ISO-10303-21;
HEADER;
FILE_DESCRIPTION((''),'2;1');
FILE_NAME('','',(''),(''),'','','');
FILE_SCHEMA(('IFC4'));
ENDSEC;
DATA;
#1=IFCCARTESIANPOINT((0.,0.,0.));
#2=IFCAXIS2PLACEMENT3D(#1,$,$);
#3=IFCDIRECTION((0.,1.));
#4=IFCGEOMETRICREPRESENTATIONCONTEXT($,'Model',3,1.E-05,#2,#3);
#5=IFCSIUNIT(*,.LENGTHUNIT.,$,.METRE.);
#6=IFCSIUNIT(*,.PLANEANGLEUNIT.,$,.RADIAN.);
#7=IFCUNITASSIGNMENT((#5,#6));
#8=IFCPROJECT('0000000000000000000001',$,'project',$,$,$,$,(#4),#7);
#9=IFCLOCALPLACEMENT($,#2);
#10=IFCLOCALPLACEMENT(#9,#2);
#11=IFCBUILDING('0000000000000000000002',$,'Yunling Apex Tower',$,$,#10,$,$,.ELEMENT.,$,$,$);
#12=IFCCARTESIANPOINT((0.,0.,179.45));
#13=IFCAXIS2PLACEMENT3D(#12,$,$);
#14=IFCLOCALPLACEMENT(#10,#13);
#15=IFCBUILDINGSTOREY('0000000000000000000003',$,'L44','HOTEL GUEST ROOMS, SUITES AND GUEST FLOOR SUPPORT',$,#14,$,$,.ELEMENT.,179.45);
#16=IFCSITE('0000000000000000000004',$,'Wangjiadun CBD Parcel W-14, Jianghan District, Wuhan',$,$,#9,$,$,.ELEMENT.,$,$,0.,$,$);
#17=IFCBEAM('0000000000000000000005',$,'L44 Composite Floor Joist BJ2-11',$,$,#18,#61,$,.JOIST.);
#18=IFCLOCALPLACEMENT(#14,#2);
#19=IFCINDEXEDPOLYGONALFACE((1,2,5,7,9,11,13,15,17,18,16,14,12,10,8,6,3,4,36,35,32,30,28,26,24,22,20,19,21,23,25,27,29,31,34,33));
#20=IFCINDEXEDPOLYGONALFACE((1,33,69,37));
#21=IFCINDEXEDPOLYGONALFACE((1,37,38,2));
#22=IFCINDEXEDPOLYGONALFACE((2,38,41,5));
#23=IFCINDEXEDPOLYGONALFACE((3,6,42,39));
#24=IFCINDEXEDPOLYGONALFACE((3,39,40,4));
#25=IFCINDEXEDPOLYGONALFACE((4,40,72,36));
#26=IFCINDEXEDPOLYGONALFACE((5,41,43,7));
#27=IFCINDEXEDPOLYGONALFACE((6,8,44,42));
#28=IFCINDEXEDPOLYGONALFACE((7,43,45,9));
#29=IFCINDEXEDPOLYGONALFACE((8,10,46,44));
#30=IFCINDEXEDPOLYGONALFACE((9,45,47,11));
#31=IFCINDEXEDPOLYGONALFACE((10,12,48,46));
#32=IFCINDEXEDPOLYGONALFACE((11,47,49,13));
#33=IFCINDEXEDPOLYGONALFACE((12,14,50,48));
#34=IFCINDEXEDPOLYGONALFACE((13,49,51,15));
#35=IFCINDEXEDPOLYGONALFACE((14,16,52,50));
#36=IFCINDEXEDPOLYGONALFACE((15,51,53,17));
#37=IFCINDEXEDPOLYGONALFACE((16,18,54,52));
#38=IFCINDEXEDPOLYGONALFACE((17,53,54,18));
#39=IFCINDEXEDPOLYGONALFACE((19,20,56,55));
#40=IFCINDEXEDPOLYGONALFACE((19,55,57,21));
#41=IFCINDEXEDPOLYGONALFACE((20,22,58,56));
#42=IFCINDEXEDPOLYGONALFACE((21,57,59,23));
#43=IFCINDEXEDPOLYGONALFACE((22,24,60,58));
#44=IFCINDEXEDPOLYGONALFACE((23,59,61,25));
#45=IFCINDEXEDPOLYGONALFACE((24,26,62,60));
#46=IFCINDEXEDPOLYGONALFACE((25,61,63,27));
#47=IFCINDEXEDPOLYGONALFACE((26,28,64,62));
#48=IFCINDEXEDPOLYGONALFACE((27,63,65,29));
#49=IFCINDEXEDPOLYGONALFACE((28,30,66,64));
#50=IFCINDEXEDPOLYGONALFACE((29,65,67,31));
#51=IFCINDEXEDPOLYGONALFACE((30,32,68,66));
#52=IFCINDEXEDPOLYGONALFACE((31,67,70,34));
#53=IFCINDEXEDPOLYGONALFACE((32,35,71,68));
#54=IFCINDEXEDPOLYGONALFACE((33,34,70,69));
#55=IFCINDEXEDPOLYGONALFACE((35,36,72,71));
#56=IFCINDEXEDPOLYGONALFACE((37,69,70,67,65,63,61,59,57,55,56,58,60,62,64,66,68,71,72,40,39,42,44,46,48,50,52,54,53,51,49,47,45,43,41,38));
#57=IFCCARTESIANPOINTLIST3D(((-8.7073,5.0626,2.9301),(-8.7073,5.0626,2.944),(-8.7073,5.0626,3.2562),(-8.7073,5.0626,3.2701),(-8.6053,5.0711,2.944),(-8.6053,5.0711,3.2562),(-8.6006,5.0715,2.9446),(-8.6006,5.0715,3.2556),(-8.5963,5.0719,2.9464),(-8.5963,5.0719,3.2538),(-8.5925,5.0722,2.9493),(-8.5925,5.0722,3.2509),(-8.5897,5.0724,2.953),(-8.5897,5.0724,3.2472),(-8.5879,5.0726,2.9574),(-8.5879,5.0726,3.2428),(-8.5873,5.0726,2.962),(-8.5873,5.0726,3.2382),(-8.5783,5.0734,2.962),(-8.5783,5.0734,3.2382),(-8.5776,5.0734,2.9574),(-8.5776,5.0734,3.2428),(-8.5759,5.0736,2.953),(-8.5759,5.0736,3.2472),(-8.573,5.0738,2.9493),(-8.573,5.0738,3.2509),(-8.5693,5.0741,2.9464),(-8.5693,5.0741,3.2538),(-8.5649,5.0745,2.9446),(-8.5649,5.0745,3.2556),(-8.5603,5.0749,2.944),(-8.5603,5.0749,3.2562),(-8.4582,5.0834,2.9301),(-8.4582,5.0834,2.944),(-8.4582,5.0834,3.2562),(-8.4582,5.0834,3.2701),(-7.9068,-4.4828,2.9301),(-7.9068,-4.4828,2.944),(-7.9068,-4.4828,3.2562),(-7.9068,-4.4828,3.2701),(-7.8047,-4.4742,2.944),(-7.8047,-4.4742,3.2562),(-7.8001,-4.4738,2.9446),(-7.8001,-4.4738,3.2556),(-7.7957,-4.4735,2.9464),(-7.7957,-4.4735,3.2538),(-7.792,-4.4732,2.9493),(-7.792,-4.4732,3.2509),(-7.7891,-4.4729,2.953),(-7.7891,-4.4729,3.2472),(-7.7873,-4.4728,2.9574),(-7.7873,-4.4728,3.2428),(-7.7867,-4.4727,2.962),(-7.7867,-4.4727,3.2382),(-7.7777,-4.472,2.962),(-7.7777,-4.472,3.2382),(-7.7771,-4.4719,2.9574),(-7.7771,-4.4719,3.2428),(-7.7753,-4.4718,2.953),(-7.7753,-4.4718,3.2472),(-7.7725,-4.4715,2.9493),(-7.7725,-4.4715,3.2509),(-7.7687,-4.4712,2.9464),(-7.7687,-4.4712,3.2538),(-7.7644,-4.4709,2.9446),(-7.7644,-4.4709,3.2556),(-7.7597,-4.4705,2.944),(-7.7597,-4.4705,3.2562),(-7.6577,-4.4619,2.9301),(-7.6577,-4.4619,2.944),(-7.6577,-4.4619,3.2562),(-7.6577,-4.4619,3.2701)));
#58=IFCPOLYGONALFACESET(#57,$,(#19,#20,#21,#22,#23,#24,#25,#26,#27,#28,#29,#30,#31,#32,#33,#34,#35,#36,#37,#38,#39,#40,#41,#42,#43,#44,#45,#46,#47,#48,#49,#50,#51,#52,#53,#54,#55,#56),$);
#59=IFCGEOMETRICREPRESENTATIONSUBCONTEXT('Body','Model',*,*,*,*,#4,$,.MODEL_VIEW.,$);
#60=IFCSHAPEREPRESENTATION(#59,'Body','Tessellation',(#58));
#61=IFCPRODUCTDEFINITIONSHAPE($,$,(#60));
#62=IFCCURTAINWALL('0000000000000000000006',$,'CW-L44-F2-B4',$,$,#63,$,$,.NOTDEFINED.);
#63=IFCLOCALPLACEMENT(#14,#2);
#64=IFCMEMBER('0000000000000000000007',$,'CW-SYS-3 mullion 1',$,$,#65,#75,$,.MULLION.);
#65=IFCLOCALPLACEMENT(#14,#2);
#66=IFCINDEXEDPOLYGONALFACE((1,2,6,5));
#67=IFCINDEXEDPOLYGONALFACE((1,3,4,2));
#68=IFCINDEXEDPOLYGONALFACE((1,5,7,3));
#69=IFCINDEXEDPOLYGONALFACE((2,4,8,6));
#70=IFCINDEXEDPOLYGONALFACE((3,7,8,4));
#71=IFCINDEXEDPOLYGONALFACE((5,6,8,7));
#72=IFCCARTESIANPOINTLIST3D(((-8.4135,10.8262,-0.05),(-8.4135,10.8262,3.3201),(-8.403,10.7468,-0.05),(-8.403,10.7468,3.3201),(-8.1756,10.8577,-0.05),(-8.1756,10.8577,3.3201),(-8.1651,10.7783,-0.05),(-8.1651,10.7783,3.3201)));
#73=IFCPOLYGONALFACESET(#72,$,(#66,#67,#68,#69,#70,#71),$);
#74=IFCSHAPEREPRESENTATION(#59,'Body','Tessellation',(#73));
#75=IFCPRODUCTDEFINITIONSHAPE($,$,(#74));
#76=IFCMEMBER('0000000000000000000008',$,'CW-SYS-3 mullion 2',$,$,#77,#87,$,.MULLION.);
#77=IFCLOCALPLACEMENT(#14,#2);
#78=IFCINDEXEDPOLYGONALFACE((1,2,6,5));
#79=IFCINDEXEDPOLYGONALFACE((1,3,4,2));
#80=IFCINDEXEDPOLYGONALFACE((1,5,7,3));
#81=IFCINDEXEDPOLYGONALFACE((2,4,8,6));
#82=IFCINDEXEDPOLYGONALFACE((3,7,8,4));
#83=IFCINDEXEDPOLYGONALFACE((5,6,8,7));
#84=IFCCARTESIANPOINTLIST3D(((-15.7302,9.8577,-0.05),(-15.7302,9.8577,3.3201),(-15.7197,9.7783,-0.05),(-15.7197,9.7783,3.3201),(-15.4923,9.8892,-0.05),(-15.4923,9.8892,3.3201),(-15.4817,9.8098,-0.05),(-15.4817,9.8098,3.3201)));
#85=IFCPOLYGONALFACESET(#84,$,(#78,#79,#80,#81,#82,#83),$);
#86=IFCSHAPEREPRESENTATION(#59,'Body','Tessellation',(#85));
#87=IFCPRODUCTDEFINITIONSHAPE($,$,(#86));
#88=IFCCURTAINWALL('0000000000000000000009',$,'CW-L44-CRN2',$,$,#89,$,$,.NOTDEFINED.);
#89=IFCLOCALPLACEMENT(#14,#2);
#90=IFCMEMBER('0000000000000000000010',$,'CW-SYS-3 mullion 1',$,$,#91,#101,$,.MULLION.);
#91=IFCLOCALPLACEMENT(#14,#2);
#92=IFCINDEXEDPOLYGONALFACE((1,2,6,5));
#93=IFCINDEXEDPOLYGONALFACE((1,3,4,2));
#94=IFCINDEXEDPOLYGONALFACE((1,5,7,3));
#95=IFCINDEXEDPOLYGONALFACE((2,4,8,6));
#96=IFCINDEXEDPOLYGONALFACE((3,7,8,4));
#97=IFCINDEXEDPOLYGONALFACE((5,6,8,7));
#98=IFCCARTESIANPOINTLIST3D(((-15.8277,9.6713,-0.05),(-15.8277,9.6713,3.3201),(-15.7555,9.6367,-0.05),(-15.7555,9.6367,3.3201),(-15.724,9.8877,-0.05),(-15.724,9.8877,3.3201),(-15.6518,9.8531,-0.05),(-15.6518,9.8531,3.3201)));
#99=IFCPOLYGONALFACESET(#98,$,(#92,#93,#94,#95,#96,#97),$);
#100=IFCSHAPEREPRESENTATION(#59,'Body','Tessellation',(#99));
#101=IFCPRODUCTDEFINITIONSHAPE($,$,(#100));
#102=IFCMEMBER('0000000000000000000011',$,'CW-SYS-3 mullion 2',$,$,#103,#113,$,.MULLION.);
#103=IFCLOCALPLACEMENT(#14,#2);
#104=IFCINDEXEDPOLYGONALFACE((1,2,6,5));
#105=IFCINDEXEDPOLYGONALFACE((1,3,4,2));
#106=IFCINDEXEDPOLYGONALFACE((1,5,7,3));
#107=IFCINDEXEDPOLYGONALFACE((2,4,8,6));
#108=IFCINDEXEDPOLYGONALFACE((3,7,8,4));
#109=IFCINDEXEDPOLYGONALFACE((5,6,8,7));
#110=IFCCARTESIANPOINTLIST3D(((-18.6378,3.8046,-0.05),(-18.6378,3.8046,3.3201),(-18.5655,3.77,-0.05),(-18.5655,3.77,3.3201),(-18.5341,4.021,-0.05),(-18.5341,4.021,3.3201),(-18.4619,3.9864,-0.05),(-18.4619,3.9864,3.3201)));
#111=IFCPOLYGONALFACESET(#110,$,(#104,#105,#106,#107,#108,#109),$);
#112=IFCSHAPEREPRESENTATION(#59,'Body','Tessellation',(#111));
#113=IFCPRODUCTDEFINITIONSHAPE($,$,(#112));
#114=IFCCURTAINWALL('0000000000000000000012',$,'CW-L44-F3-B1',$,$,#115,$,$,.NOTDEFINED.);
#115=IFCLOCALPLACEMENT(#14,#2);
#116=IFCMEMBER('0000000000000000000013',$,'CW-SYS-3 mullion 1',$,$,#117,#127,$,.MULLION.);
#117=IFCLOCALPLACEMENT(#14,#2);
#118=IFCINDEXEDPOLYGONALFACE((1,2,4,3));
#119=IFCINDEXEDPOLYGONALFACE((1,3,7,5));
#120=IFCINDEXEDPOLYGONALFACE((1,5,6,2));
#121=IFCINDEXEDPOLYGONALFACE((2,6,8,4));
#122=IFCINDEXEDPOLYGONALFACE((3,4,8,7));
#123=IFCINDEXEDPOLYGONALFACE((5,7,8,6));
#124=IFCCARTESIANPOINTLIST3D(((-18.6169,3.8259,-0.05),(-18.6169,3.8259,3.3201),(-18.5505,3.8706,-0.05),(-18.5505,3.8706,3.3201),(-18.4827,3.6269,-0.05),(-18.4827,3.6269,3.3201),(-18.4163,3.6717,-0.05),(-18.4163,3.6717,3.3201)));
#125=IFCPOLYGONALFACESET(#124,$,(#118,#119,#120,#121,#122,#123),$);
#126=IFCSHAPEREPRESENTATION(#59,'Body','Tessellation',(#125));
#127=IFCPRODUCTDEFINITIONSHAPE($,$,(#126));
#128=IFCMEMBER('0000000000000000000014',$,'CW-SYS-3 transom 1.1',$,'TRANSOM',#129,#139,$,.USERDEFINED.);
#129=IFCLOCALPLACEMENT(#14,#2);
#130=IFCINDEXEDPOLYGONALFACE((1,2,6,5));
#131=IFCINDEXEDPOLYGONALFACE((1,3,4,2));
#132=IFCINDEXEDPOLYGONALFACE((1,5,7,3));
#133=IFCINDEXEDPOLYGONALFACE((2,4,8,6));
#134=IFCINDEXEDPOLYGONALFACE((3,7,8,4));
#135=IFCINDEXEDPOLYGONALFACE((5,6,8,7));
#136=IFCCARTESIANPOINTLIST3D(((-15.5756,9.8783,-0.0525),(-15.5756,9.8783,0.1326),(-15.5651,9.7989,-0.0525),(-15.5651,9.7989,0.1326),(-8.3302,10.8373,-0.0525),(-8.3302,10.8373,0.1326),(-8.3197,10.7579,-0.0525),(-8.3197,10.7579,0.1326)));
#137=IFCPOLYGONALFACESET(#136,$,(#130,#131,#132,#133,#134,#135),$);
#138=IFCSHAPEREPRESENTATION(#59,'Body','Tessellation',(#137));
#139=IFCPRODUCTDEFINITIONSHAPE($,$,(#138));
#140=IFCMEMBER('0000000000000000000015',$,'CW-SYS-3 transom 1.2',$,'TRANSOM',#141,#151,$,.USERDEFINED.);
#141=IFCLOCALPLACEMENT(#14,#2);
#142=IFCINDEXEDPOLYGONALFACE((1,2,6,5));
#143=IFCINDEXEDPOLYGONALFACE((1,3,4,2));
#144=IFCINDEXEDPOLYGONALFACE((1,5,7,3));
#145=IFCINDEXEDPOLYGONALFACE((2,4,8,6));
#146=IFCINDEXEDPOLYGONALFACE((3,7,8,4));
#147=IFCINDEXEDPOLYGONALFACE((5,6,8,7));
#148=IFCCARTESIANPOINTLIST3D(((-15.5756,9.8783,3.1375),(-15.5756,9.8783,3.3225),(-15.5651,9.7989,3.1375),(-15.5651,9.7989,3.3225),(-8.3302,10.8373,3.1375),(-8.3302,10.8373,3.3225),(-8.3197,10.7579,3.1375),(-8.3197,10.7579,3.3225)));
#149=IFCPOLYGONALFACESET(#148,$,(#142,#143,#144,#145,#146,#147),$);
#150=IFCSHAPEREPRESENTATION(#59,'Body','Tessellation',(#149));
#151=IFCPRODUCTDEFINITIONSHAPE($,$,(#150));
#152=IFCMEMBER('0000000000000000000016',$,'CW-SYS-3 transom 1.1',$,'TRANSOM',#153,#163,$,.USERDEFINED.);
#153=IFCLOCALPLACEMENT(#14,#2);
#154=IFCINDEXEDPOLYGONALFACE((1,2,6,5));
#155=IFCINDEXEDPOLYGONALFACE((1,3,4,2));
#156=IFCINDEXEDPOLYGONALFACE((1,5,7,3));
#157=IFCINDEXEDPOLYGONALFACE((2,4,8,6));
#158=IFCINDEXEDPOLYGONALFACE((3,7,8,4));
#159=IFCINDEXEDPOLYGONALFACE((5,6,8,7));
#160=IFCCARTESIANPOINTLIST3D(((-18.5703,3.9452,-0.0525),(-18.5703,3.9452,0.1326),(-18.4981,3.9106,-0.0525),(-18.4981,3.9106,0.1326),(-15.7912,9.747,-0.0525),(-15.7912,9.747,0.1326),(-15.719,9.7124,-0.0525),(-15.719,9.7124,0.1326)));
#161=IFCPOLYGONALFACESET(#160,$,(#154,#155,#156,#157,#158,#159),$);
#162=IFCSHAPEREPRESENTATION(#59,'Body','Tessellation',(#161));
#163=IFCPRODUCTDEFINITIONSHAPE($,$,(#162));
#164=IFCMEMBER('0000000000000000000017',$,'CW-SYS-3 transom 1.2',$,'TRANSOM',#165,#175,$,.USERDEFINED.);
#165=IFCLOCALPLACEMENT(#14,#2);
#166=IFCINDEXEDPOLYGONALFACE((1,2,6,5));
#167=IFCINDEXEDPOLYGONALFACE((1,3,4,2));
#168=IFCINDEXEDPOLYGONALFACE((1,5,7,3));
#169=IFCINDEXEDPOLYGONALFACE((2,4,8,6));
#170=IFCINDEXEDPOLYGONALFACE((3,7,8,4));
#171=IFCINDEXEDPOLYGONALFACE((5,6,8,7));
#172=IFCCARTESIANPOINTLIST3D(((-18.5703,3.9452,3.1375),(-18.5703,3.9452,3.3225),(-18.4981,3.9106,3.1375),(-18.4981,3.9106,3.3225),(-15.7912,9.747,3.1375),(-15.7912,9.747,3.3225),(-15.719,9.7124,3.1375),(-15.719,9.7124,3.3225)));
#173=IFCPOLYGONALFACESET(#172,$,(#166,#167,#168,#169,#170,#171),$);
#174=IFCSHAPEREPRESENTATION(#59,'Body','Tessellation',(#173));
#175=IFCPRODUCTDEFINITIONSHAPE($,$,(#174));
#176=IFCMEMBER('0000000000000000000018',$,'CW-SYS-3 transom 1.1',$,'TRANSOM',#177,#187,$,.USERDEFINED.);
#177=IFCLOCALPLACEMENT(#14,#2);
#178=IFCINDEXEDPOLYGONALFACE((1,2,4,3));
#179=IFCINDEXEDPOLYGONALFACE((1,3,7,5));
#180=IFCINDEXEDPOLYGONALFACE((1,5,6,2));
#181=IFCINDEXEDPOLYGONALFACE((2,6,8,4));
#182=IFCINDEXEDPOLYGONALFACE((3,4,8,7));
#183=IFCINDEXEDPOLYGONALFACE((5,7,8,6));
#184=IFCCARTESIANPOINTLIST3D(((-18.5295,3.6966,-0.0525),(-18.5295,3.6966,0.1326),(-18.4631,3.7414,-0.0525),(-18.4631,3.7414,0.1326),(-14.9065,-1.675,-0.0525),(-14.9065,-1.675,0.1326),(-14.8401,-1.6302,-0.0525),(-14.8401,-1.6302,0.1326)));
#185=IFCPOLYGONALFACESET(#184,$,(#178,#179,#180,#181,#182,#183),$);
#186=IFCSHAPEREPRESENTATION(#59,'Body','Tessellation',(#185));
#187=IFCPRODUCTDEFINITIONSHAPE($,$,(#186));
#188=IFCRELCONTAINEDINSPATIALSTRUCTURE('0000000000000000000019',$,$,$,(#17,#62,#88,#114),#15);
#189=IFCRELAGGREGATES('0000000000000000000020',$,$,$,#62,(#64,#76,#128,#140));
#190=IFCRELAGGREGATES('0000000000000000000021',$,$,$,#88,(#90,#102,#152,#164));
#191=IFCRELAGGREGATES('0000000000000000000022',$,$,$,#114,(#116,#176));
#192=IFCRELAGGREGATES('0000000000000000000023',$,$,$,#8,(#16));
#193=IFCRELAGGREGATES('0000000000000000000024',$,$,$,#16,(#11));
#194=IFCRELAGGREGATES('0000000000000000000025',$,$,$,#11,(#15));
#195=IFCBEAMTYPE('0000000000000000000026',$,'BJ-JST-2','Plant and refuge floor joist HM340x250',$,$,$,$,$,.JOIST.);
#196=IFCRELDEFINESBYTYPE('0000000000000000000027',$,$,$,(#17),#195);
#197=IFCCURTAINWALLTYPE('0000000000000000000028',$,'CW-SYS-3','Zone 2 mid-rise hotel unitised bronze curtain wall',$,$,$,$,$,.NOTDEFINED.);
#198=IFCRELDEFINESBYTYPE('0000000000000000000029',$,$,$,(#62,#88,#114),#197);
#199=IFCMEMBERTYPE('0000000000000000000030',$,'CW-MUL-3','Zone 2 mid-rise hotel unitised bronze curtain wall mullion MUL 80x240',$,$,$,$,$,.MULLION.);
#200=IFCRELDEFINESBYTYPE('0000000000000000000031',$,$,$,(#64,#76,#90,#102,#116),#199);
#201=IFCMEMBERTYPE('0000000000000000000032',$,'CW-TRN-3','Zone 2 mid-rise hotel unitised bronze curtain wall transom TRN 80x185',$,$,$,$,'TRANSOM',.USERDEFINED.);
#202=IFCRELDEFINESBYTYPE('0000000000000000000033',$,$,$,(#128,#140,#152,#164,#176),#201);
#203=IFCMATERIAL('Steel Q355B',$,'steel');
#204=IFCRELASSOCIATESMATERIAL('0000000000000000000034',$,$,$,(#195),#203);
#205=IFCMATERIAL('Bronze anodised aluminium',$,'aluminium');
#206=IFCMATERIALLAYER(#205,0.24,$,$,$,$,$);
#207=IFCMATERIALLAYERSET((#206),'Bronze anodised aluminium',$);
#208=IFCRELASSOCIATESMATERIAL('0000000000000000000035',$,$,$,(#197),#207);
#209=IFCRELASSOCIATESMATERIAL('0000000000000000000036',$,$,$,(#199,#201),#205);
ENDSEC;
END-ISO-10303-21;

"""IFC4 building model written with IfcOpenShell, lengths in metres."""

from ifc_helpers import new_model, si_unit, direction, frame, origin, origin_2d, place, context, subcontext, project, spatial, rectangle, i_section, extrude, source, transform, mapped, material, layer, layer_set, material_profile, profile_set, type_object, element, aggregate, save


model = new_model("IFC4")

# Units and contexts
model_context = context("Model", 3, precision=1e-05, world=origin(), true_north=direction((0.0, 1.0)))
body_context = subcontext(model_context, "Body", "Model", "MODEL_VIEW")
ifc_project = project(units=[si_unit("LENGTHUNIT", "METRE"), si_unit("PLANEANGLEUNIT", "RADIAN")], contexts=[model_context])

# Site, building, storey
site_placement = place(None, origin())
site = spatial("IfcSite", under=ifc_project, at=site_placement, Name="Wangjiadun CBD Parcel W-14, Jianghan District, Wuhan", CompositionType="ELEMENT", RefElevation=0.0)
building_placement = place(site_placement, origin())
building = spatial("IfcBuilding", under=site, at=building_placement, Name="Yunling Apex Tower", CompositionType="ELEMENT")
storey_placement = place(building_placement, frame((0.0, 0.0, 179.45)))
storey = spatial("IfcBuildingStorey", under=building, at=storey_placement, Name="L44", Description="HOTEL GUEST ROOMS, SUITES AND GUEST FLOOR SUPPORT", CompositionType="ELEMENT", Elevation=179.45)

# Beam
ifc_material_1 = material(Name="Steel Q355B", Category="steel")
ifc_material_profile_1 = material_profile(ifc_material_1, i_section(OverallWidth=0.25, OverallDepth=0.3401, WebThickness=0.009, FlangeThickness=0.0139, FilletRadius=0.0181, at=origin_2d()))
ifc_profile_set_1 = profile_set([ifc_material_profile_1], Name="Steel Q355B")
beam_type_1 = type_object("IfcBeamType", Name="BJ-JST-2", Description="Plant and refuge floor joist HM340x250", PredefinedType="JOIST", material=ifc_profile_set_1)
shared_shape_1 = source(origin(), body_context, "Body", "SweptSolid", [
    extrude(i_section(OverallWidth=0.25, OverallDepth=0.3401, WebThickness=0.009, FlangeThickness=0.0139, FilletRadius=0.0181, at=origin_2d()), origin(), (0.0, 0.0, 1.0), 9.5789),
])
beam_1_placement = place(storey_placement, frame((-8.5828, 5.073, 3.1001), z_axis=(0.083573, -0.996502, 0.0), x_axis=(0.996502, 0.083573, 0.0)))
element("IfcBeam", 1, at=beam_1_placement, inside=storey, type_object=beam_type_1, Name="L44 Composite Floor Joist BJ2-11", PredefinedType="JOIST", context=body_context, shape_type="MappedRepresentation", body=[
    mapped(shared_shape_1, transform((0.0, 0.0, 0.0), scale=1.0)),
])

# Curtain walls, members
ifc_material_2 = material(Name="Bronze anodised aluminium", Category="aluminium")
ifc_layer_1 = layer(ifc_material_2, 0.24)
ifc_layer_set_1 = layer_set([ifc_layer_1], Name="Bronze anodised aluminium")
curtain_wall_type = type_object("IfcCurtainWallType", Name="CW-SYS-3", Description="Zone 2 mid-rise hotel unitised bronze curtain wall", PredefinedType="NOTDEFINED", material=ifc_layer_set_1)
curtain_wall_1_placement = place(storey_placement, origin())
curtain_wall_1 = element("IfcCurtainWall", 2, at=curtain_wall_1_placement, inside=storey, type_object=curtain_wall_type, Name="CW-L44-F2-B4", PredefinedType="NOTDEFINED")
ifc_material_profile_2 = material_profile(ifc_material_2, rectangle(XDim=0.0801, YDim=0.24, at=origin_2d()))
ifc_profile_set_2 = profile_set([ifc_material_profile_2], Name="Bronze anodised aluminium")
member_type_1 = type_object("IfcMemberType", Name="CW-MUL-3", Description="Zone 2 mid-rise hotel unitised bronze curtain wall mullion MUL 80x240", PredefinedType="MULLION", material=ifc_profile_set_2)
shared_shape_2 = source(origin(), body_context, "Body", "SweptSolid", [
    extrude(rectangle(XDim=0.0801, YDim=0.24, at=origin_2d()), origin(), (0.0, 0.0, 1.0), 3.3701),
])
member_1_placement = place(storey_placement, frame((-8.2893, 10.8022, -0.05), z_axis=(0.0, 0.0, 1.0), x_axis=(0.131222, -0.991353, 0.0)))
member_1 = element("IfcMember", 3, at=member_1_placement, type_object=member_type_1, Name="CW-SYS-3 mullion 1", PredefinedType="MULLION", context=body_context, shape_type="MappedRepresentation", body=[
    mapped(shared_shape_2, transform((0.0, 0.0, 0.0), scale=1.0)),
])
member_2_placement = place(storey_placement, frame((-15.606, 9.8337, -0.05), z_axis=(0.0, 0.0, 1.0), x_axis=(0.131222, -0.991353, 0.0)))
member_2 = element("IfcMember", 4, at=member_2_placement, type_object=member_type_1, Name="CW-SYS-3 mullion 2", PredefinedType="MULLION", context=body_context, shape_type="MappedRepresentation", body=[
    mapped(shared_shape_2, transform((0.0, 0.0, 0.0), scale=1.0)),
])
curtain_wall_2_placement = place(storey_placement, origin())
curtain_wall_2 = element("IfcCurtainWall", 5, at=curtain_wall_2_placement, inside=storey, type_object=curtain_wall_type, Name="CW-L44-CRN2", PredefinedType="NOTDEFINED")
member_3_placement = place(storey_placement, frame((-15.7397, 9.7622, -0.05), z_axis=(0.0, 0.0, 1.0), x_axis=(0.901877, -0.431994, 0.0)))
member_3 = element("IfcMember", 6, at=member_3_placement, type_object=member_type_1, Name="CW-SYS-3 mullion 1", PredefinedType="MULLION", context=body_context, shape_type="MappedRepresentation", body=[
    mapped(shared_shape_2, transform((0.0, 0.0, 0.0), scale=1.0)),
])
member_4_placement = place(storey_placement, frame((-18.5498, 3.8955, -0.05), z_axis=(0.0, 0.0, 1.0), x_axis=(0.901877, -0.431994, 0.0)))
member_4 = element("IfcMember", 7, at=member_4_placement, type_object=member_type_1, Name="CW-SYS-3 mullion 2", PredefinedType="MULLION", context=body_context, shape_type="MappedRepresentation", body=[
    mapped(shared_shape_2, transform((0.0, 0.0, 0.0), scale=1.0)),
])

# Curtain wall, member
curtain_wall_3_placement = place(storey_placement, origin())
curtain_wall_3 = element("IfcCurtainWall", 8, at=curtain_wall_3_placement, inside=storey, type_object=curtain_wall_type, Name="CW-L44-F3-B1", PredefinedType="NOTDEFINED")
member_5_placement = place(storey_placement, frame((-18.5166, 3.7488, -0.05), z_axis=(0.0, 0.0, 1.0), x_axis=(0.829045, 0.559181, 0.0)))
member_5 = element("IfcMember", 9, at=member_5_placement, type_object=member_type_1, Name="CW-SYS-3 mullion 1", PredefinedType="MULLION", context=body_context, shape_type="MappedRepresentation", body=[
    mapped(shared_shape_2, transform((0.0, 0.0, 0.0), scale=1.0)),
])

# Members
ifc_material_profile_3 = material_profile(ifc_material_2, rectangle(XDim=0.0801, YDim=0.1851, at=origin_2d()))
ifc_profile_set_3 = profile_set([ifc_material_profile_3], Name="Bronze anodised aluminium")
member_type_2 = type_object("IfcMemberType", Name="CW-TRN-3", Description="Zone 2 mid-rise hotel unitised bronze curtain wall transom TRN 80x185", ElementType="TRANSOM", PredefinedType="USERDEFINED", material=ifc_profile_set_3)
shared_shape_3 = source(origin(), body_context, "Body", "SweptSolid", [
    extrude(rectangle(XDim=0.0801, YDim=0.1851, at=origin_2d()), origin(), (0.0, 0.0, 1.0), 7.3086),
])
member_6_placement = place(storey_placement, frame((-8.325, 10.7976, 0.04), z_axis=(-0.991354, -0.131214, 0.0), x_axis=(0.131214, -0.991354, 0.0)))
member_6 = element("IfcMember", 10, at=member_6_placement, type_object=member_type_2, Name="CW-SYS-3 transom 1.1", ObjectType="TRANSOM", PredefinedType="USERDEFINED", context=body_context, shape_type="MappedRepresentation", body=[
    mapped(shared_shape_3, transform((0.0, 0.0, 0.0), scale=1.0)),
])
member_7_placement = place(storey_placement, frame((-8.325, 10.7976, 3.23), z_axis=(-0.991354, -0.131214, 0.0), x_axis=(0.131214, -0.991354, 0.0)))
member_7 = element("IfcMember", 11, at=member_7_placement, type_object=member_type_2, Name="CW-SYS-3 transom 1.2", ObjectType="TRANSOM", PredefinedType="USERDEFINED", context=body_context, shape_type="MappedRepresentation", body=[
    mapped(shared_shape_3, transform((0.0, 0.0, 0.0), scale=1.0)),
])
shared_shape_4 = source(origin(), body_context, "Body", "SweptSolid", [
    extrude(rectangle(XDim=0.0801, YDim=0.1851, at=origin_2d()), origin(), (0.0, 0.0, 1.0), 6.4331),
])
member_8_placement = place(storey_placement, frame((-15.7551, 9.7297, 0.04), z_axis=(-0.431999, -0.901874, 0.0), x_axis=(0.901874, -0.431999, 0.0)))
member_8 = element("IfcMember", 12, at=member_8_placement, type_object=member_type_2, Name="CW-SYS-3 transom 1.1", ObjectType="TRANSOM", PredefinedType="USERDEFINED", context=body_context, shape_type="MappedRepresentation", body=[
    mapped(shared_shape_4, transform((0.0, 0.0, 0.0), scale=1.0)),
])
member_9_placement = place(storey_placement, frame((-15.7551, 9.7297, 3.23), z_axis=(-0.431999, -0.901874, 0.0), x_axis=(0.901874, -0.431999, 0.0)))
member_9 = element("IfcMember", 13, at=member_9_placement, type_object=member_type_2, Name="CW-SYS-3 transom 1.2", ObjectType="TRANSOM", PredefinedType="USERDEFINED", context=body_context, shape_type="MappedRepresentation", body=[
    mapped(shared_shape_4, transform((0.0, 0.0, 0.0), scale=1.0)),
])
shared_shape_5 = source(origin(), body_context, "Body", "SweptSolid", [
    extrude(rectangle(XDim=0.0801, YDim=0.1851, at=origin_2d()), origin(), (0.0, 0.0, 1.0), 6.4792),
])
member_10_placement = place(storey_placement, frame((-18.4963, 3.719, 0.04), z_axis=(0.559179, -0.829047, 0.0), x_axis=(0.829047, 0.559179, 0.0)))
member_10 = element("IfcMember", 14, at=member_10_placement, type_object=member_type_2, Name="CW-SYS-3 transom 1.1", ObjectType="TRANSOM", PredefinedType="USERDEFINED", context=body_context, shape_type="MappedRepresentation", body=[
    mapped(shared_shape_5, transform((0.0, 0.0, 0.0), scale=1.0)),
])

aggregate(curtain_wall_1, [member_1, member_2, member_6, member_7])
aggregate(curtain_wall_2, [member_3, member_4, member_8, member_9])
aggregate(curtain_wall_3, [member_5, member_10])

save(model, "model.ifc")
